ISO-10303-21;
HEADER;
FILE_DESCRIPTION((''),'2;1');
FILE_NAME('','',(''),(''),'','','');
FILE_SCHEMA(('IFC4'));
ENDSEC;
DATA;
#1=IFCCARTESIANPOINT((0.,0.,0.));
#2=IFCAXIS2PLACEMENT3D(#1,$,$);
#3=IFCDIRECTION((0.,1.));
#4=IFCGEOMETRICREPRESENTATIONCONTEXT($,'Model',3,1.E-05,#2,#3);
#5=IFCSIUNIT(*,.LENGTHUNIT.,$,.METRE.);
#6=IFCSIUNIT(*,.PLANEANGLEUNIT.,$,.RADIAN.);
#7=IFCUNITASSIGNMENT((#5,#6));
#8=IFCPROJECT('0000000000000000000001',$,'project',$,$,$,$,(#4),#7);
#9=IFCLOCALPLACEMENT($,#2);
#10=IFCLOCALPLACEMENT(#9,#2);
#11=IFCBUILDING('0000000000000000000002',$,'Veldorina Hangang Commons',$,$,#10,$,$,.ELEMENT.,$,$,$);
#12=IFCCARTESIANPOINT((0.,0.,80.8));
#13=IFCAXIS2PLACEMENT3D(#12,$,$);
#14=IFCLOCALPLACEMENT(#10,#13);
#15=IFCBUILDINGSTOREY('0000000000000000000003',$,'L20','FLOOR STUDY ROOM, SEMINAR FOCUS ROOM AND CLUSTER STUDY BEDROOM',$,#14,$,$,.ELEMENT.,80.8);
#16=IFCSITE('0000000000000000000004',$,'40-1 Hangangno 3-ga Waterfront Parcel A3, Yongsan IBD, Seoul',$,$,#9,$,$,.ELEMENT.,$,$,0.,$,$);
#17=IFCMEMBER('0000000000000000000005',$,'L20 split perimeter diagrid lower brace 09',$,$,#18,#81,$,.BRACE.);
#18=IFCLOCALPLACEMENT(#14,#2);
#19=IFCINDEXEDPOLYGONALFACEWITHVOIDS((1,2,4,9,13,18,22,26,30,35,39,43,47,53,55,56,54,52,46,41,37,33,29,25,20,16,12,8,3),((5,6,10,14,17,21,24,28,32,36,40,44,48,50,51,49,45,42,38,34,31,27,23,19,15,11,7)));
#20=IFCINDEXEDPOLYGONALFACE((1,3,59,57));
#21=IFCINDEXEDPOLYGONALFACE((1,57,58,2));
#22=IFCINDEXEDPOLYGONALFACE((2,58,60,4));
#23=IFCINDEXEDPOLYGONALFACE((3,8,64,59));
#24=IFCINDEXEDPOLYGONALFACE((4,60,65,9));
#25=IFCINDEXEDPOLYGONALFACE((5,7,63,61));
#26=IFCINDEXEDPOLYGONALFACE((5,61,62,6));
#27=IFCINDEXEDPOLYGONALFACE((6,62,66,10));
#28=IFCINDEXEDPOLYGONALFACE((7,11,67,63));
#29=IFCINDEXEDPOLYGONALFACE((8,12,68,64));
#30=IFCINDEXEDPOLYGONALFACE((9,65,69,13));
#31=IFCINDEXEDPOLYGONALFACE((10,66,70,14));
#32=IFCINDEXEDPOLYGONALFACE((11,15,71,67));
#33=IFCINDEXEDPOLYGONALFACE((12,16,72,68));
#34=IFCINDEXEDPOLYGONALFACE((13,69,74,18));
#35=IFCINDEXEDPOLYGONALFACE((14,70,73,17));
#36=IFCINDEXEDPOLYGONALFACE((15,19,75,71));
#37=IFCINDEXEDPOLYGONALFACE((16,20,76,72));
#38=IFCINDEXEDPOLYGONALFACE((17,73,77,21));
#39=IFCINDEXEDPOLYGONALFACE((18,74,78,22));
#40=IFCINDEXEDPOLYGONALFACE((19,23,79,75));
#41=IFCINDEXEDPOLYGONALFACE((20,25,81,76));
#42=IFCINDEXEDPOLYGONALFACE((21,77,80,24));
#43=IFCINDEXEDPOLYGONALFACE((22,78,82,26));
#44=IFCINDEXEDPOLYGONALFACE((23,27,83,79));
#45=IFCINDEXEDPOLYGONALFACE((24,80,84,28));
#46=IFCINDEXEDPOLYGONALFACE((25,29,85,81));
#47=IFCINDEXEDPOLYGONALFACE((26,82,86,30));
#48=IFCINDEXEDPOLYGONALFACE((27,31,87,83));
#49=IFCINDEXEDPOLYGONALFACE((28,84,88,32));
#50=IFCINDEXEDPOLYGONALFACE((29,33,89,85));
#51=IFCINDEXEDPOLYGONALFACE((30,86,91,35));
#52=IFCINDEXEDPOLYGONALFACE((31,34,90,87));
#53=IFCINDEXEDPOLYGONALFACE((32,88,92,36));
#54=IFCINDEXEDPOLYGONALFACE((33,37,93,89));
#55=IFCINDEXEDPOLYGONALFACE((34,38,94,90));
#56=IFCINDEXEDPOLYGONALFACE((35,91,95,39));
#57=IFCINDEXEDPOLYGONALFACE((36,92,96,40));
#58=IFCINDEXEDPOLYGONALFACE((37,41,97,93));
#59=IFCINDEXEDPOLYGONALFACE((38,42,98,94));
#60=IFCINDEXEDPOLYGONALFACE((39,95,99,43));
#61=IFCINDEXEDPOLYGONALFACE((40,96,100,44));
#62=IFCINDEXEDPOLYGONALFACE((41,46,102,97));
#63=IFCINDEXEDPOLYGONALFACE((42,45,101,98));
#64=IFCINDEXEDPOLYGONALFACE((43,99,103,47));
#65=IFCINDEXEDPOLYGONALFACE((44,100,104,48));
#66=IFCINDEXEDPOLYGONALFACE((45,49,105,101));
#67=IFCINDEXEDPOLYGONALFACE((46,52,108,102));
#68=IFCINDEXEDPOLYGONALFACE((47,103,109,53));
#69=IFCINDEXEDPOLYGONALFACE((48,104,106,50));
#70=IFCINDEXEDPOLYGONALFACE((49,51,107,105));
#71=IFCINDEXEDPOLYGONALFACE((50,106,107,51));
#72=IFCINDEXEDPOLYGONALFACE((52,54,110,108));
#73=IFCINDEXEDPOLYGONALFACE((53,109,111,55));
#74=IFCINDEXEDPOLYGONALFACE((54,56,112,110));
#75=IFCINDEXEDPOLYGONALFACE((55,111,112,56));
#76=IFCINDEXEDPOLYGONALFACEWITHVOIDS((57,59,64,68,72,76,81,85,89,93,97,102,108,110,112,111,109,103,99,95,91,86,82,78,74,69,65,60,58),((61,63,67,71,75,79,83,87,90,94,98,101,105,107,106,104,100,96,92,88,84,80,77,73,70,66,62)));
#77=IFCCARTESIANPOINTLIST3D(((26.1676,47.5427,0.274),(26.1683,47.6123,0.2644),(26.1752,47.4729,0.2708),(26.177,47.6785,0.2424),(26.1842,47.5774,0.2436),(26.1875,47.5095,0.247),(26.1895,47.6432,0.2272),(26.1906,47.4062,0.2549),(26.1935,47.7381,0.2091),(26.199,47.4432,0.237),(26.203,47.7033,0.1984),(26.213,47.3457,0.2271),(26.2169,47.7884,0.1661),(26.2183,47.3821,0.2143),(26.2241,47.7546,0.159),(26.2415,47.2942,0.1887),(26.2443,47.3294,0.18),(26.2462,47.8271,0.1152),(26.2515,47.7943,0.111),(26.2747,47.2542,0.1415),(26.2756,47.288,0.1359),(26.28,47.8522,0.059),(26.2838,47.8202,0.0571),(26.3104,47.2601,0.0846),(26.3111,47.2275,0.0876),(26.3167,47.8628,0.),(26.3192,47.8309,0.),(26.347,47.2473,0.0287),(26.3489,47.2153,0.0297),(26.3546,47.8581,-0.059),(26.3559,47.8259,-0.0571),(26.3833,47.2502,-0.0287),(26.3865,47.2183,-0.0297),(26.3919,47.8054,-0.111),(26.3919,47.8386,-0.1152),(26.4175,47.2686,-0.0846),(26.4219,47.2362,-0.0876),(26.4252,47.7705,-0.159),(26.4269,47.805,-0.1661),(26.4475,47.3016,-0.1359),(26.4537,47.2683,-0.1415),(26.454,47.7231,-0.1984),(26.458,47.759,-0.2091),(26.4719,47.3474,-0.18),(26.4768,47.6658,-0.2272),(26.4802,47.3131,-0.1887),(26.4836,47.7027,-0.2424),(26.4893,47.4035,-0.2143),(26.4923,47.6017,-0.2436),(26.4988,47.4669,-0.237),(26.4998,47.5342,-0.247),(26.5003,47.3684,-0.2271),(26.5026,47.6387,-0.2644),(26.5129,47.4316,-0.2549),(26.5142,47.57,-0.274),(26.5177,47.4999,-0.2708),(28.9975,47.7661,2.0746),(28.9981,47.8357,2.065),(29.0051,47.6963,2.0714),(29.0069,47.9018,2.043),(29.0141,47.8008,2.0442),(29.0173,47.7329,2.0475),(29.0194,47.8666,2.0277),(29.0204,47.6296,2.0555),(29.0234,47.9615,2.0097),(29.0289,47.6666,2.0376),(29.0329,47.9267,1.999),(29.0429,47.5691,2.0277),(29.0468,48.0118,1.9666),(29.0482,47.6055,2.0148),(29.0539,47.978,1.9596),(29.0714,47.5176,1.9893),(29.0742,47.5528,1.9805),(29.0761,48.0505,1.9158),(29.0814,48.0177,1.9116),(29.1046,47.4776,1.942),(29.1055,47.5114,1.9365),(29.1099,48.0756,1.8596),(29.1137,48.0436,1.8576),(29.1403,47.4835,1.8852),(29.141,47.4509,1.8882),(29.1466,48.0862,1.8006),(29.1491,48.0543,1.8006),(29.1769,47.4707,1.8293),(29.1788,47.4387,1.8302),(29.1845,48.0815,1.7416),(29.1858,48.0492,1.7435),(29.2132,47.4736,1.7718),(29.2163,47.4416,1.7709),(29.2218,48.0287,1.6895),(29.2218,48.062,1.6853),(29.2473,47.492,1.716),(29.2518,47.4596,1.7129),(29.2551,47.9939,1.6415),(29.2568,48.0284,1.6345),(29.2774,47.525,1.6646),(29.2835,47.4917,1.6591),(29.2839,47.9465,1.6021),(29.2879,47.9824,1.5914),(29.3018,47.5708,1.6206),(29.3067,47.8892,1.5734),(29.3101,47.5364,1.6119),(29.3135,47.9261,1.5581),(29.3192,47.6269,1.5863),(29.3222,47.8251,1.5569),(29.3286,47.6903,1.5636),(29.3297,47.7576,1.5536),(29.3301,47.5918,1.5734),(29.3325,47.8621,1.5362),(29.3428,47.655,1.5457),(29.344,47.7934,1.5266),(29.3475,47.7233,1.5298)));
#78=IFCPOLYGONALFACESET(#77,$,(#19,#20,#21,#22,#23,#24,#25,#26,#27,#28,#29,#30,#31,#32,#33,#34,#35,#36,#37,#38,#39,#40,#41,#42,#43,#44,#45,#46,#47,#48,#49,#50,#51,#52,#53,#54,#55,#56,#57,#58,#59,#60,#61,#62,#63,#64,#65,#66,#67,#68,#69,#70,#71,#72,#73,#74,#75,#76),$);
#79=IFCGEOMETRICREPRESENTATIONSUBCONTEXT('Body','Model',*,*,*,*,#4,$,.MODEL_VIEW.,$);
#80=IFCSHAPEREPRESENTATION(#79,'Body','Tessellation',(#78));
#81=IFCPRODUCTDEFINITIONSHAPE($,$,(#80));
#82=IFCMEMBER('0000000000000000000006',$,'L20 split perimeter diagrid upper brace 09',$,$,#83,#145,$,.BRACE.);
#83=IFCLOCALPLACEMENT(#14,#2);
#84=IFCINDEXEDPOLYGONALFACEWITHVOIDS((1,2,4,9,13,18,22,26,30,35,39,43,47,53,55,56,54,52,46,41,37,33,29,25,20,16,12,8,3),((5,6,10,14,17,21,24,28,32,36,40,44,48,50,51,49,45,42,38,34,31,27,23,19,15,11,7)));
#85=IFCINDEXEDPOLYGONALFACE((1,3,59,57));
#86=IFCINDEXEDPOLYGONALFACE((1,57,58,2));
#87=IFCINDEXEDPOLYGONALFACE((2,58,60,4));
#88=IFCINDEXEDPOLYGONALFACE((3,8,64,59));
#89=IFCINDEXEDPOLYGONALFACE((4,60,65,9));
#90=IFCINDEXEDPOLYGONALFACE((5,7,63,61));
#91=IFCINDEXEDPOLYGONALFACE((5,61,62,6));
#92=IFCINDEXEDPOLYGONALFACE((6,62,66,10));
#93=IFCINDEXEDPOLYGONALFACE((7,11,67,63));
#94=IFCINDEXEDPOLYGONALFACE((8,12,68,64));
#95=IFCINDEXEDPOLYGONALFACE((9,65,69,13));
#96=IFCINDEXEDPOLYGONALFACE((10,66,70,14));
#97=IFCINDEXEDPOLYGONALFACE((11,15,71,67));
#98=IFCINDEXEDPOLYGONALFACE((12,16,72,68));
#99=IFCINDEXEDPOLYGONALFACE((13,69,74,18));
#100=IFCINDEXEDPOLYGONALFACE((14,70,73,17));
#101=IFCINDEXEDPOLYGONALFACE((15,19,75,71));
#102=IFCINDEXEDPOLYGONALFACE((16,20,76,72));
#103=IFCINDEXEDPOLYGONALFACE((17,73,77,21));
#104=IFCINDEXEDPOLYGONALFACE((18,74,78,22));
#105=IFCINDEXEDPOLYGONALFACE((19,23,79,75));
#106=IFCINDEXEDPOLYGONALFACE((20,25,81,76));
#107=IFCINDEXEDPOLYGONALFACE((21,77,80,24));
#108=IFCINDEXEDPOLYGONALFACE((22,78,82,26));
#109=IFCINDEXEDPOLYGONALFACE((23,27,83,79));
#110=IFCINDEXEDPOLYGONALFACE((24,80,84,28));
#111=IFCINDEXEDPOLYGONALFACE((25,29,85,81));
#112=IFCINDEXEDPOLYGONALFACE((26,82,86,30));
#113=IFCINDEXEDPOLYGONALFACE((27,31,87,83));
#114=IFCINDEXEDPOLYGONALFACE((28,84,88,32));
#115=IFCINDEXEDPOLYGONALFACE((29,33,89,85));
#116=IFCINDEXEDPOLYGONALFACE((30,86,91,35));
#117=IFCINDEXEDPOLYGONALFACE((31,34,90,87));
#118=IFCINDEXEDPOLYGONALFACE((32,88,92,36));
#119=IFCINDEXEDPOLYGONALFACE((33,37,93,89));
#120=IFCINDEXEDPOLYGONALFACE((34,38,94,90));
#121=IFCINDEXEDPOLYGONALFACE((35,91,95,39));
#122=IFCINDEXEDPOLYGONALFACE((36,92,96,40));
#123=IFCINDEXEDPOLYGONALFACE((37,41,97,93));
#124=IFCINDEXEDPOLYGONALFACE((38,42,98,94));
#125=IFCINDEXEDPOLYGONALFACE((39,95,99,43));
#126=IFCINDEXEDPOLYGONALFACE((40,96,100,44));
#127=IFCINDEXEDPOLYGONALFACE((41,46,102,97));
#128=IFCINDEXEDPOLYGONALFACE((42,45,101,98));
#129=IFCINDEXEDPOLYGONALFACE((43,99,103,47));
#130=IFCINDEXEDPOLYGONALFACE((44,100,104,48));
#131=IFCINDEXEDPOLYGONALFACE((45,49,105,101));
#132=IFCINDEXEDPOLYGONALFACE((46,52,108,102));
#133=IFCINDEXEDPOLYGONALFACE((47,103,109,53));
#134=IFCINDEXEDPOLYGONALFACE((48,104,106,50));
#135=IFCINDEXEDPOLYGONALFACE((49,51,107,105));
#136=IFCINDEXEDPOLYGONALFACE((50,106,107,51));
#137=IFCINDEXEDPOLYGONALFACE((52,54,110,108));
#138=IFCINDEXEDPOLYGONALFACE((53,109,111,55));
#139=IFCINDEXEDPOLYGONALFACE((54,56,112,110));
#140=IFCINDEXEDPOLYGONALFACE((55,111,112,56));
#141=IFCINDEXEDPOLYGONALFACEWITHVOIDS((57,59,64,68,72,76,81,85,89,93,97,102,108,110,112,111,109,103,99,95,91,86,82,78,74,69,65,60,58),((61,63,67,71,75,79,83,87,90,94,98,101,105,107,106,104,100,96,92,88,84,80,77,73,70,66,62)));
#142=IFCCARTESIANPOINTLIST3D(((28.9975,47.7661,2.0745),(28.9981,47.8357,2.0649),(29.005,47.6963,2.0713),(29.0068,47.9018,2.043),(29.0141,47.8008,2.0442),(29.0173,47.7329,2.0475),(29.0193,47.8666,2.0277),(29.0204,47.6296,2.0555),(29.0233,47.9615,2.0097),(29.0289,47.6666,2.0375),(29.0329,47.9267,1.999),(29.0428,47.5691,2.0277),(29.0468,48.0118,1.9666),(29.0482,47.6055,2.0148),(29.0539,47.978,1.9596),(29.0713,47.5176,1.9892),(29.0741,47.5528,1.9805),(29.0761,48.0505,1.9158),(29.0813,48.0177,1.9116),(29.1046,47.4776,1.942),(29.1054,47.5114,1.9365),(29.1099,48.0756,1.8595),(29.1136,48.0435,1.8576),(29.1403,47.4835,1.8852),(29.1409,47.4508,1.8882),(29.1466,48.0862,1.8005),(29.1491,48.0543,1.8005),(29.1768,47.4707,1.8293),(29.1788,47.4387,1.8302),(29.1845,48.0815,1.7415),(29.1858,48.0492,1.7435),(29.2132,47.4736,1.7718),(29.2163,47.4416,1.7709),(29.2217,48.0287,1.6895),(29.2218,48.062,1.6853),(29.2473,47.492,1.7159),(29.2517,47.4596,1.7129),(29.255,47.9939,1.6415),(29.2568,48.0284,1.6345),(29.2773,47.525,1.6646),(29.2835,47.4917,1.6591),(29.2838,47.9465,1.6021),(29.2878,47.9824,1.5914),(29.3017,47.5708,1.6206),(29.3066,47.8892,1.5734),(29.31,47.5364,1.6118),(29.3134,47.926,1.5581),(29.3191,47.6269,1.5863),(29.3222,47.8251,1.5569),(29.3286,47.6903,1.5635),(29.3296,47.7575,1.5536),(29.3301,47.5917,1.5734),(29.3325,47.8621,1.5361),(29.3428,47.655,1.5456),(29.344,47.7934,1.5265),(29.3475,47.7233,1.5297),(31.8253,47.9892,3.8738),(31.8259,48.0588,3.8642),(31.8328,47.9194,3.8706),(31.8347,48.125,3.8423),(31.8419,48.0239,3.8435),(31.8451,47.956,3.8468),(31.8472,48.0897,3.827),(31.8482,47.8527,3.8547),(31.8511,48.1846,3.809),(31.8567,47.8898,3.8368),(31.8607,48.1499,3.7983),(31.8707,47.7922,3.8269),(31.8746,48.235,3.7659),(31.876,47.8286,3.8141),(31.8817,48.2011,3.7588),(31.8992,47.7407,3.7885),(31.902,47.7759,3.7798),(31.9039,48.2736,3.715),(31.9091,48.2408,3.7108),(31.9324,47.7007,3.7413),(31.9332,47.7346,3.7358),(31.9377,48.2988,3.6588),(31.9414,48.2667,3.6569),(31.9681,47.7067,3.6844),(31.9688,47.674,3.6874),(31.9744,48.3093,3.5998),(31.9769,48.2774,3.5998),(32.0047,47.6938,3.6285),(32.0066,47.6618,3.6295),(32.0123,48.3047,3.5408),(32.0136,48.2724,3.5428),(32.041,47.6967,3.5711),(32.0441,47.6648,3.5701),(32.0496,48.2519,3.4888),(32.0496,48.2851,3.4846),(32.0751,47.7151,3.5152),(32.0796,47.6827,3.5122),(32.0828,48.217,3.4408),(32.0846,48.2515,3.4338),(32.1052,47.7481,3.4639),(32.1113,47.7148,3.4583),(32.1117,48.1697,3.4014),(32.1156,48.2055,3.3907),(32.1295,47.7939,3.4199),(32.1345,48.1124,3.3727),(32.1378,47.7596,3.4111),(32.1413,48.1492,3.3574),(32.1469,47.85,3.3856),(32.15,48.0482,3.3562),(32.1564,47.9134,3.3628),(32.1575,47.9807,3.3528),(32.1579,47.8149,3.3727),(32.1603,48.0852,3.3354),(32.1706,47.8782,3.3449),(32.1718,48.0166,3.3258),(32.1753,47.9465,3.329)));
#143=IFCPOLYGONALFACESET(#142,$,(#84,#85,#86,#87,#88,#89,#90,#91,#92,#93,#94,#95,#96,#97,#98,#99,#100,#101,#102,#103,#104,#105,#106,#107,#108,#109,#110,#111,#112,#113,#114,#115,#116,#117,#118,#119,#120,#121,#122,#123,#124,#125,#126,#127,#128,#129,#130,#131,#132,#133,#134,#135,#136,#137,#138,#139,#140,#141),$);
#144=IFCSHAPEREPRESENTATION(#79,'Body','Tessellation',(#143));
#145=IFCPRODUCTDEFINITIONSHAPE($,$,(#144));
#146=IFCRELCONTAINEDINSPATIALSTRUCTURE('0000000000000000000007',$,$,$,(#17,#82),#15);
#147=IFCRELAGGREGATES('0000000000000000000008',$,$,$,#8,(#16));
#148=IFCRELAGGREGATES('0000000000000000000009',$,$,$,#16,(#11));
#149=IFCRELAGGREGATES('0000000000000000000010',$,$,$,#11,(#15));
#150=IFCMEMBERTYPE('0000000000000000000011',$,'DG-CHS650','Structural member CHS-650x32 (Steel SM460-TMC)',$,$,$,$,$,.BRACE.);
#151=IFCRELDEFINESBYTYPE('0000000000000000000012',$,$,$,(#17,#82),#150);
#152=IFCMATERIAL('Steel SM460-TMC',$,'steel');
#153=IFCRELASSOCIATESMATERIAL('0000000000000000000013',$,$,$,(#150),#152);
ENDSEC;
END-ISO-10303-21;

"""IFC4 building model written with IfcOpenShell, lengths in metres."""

from ifc_helpers import new_model, si_unit, direction, frame, origin, origin_2d, place, context, subcontext, project, spatial, hollow_circle, extrude, material, material_profile, profile_set, type_object, element, save


model = new_model("IFC4")

# Units and contexts
model_context = context("Model", 3, precision=1e-05, world=origin(), true_north=direction((0.0, 1.0)))
body_context = subcontext(model_context, "Body", "Model", "MODEL_VIEW")
ifc_project = project(units=[si_unit("LENGTHUNIT", "METRE"), si_unit("PLANEANGLEUNIT", "RADIAN")], contexts=[model_context])

# Site, building, storey
site_placement = place(None, origin())
site = spatial("IfcSite", under=ifc_project, at=site_placement, Name="40-1 Hangangno 3-ga Waterfront Parcel A3, Yongsan IBD, Seoul", CompositionType="ELEMENT", RefElevation=0.0)
building_placement = place(site_placement, origin())
building = spatial("IfcBuilding", under=site, at=building_placement, Name="Veldorina Hangang Commons", CompositionType="ELEMENT")
storey_placement = place(building_placement, frame((0.0, 0.0, 80.8)))
storey = spatial("IfcBuildingStorey", under=building, at=storey_placement, Name="L20", Description="FLOOR STUDY ROOM, SEMINAR FOCUS ROOM AND CLUSTER STUDY BEDROOM", CompositionType="ELEMENT", Elevation=80.8)

# Members
ifc_material_1 = material(Name="Steel SM460-TMC", Category="steel")
ifc_material_profile_1 = material_profile(ifc_material_1, hollow_circle(Radius=0.325, WallThickness=0.032, at=origin_2d()), Name="CHS-650x32")
ifc_profile_set_1 = profile_set([ifc_material_profile_1], Name="Steel SM460-TMC")
member_type = type_object("IfcMemberType", Name="DG-CHS650", Description="Structural member CHS-650x32 (Steel SM460-TMC)", PredefinedType="BRACE", material=ifc_profile_set_1)
member_1_placement = place(storey_placement, frame((26.3423, 47.5388, 0.0), z_axis=(0.841832, 0.066455, 0.535632), x_axis=(-0.078696, 0.996899, 0.0)))
element("IfcMember", 1, at=member_1_placement, inside=storey, type_object=member_type, Name="L20 split perimeter diagrid lower brace 09", PredefinedType="BRACE", context=body_context, shape_type="SweptSolid", body=[
    extrude(hollow_circle(Radius=0.325, WallThickness=0.032, at=origin_2d()), origin(), (0.0, 0.0, 1.0), 3.3616),
])
member_2_placement = place(storey_placement, frame((29.1721, 47.7622, 1.8005), z_axis=(0.841831, 0.066428, 0.535638), x_axis=(-0.078664, 0.996901, 0.0)))
element("IfcMember", 2, at=member_2_placement, inside=storey, type_object=member_type, Name="L20 split perimeter diagrid upper brace 09", PredefinedType="BRACE", context=body_context, shape_type="SweptSolid", body=[
    extrude(hollow_circle(Radius=0.325, WallThickness=0.032, at=origin_2d()), origin(), (0.0, 0.0, 1.0), 3.3591),
])

save(model, "model.ifc")
